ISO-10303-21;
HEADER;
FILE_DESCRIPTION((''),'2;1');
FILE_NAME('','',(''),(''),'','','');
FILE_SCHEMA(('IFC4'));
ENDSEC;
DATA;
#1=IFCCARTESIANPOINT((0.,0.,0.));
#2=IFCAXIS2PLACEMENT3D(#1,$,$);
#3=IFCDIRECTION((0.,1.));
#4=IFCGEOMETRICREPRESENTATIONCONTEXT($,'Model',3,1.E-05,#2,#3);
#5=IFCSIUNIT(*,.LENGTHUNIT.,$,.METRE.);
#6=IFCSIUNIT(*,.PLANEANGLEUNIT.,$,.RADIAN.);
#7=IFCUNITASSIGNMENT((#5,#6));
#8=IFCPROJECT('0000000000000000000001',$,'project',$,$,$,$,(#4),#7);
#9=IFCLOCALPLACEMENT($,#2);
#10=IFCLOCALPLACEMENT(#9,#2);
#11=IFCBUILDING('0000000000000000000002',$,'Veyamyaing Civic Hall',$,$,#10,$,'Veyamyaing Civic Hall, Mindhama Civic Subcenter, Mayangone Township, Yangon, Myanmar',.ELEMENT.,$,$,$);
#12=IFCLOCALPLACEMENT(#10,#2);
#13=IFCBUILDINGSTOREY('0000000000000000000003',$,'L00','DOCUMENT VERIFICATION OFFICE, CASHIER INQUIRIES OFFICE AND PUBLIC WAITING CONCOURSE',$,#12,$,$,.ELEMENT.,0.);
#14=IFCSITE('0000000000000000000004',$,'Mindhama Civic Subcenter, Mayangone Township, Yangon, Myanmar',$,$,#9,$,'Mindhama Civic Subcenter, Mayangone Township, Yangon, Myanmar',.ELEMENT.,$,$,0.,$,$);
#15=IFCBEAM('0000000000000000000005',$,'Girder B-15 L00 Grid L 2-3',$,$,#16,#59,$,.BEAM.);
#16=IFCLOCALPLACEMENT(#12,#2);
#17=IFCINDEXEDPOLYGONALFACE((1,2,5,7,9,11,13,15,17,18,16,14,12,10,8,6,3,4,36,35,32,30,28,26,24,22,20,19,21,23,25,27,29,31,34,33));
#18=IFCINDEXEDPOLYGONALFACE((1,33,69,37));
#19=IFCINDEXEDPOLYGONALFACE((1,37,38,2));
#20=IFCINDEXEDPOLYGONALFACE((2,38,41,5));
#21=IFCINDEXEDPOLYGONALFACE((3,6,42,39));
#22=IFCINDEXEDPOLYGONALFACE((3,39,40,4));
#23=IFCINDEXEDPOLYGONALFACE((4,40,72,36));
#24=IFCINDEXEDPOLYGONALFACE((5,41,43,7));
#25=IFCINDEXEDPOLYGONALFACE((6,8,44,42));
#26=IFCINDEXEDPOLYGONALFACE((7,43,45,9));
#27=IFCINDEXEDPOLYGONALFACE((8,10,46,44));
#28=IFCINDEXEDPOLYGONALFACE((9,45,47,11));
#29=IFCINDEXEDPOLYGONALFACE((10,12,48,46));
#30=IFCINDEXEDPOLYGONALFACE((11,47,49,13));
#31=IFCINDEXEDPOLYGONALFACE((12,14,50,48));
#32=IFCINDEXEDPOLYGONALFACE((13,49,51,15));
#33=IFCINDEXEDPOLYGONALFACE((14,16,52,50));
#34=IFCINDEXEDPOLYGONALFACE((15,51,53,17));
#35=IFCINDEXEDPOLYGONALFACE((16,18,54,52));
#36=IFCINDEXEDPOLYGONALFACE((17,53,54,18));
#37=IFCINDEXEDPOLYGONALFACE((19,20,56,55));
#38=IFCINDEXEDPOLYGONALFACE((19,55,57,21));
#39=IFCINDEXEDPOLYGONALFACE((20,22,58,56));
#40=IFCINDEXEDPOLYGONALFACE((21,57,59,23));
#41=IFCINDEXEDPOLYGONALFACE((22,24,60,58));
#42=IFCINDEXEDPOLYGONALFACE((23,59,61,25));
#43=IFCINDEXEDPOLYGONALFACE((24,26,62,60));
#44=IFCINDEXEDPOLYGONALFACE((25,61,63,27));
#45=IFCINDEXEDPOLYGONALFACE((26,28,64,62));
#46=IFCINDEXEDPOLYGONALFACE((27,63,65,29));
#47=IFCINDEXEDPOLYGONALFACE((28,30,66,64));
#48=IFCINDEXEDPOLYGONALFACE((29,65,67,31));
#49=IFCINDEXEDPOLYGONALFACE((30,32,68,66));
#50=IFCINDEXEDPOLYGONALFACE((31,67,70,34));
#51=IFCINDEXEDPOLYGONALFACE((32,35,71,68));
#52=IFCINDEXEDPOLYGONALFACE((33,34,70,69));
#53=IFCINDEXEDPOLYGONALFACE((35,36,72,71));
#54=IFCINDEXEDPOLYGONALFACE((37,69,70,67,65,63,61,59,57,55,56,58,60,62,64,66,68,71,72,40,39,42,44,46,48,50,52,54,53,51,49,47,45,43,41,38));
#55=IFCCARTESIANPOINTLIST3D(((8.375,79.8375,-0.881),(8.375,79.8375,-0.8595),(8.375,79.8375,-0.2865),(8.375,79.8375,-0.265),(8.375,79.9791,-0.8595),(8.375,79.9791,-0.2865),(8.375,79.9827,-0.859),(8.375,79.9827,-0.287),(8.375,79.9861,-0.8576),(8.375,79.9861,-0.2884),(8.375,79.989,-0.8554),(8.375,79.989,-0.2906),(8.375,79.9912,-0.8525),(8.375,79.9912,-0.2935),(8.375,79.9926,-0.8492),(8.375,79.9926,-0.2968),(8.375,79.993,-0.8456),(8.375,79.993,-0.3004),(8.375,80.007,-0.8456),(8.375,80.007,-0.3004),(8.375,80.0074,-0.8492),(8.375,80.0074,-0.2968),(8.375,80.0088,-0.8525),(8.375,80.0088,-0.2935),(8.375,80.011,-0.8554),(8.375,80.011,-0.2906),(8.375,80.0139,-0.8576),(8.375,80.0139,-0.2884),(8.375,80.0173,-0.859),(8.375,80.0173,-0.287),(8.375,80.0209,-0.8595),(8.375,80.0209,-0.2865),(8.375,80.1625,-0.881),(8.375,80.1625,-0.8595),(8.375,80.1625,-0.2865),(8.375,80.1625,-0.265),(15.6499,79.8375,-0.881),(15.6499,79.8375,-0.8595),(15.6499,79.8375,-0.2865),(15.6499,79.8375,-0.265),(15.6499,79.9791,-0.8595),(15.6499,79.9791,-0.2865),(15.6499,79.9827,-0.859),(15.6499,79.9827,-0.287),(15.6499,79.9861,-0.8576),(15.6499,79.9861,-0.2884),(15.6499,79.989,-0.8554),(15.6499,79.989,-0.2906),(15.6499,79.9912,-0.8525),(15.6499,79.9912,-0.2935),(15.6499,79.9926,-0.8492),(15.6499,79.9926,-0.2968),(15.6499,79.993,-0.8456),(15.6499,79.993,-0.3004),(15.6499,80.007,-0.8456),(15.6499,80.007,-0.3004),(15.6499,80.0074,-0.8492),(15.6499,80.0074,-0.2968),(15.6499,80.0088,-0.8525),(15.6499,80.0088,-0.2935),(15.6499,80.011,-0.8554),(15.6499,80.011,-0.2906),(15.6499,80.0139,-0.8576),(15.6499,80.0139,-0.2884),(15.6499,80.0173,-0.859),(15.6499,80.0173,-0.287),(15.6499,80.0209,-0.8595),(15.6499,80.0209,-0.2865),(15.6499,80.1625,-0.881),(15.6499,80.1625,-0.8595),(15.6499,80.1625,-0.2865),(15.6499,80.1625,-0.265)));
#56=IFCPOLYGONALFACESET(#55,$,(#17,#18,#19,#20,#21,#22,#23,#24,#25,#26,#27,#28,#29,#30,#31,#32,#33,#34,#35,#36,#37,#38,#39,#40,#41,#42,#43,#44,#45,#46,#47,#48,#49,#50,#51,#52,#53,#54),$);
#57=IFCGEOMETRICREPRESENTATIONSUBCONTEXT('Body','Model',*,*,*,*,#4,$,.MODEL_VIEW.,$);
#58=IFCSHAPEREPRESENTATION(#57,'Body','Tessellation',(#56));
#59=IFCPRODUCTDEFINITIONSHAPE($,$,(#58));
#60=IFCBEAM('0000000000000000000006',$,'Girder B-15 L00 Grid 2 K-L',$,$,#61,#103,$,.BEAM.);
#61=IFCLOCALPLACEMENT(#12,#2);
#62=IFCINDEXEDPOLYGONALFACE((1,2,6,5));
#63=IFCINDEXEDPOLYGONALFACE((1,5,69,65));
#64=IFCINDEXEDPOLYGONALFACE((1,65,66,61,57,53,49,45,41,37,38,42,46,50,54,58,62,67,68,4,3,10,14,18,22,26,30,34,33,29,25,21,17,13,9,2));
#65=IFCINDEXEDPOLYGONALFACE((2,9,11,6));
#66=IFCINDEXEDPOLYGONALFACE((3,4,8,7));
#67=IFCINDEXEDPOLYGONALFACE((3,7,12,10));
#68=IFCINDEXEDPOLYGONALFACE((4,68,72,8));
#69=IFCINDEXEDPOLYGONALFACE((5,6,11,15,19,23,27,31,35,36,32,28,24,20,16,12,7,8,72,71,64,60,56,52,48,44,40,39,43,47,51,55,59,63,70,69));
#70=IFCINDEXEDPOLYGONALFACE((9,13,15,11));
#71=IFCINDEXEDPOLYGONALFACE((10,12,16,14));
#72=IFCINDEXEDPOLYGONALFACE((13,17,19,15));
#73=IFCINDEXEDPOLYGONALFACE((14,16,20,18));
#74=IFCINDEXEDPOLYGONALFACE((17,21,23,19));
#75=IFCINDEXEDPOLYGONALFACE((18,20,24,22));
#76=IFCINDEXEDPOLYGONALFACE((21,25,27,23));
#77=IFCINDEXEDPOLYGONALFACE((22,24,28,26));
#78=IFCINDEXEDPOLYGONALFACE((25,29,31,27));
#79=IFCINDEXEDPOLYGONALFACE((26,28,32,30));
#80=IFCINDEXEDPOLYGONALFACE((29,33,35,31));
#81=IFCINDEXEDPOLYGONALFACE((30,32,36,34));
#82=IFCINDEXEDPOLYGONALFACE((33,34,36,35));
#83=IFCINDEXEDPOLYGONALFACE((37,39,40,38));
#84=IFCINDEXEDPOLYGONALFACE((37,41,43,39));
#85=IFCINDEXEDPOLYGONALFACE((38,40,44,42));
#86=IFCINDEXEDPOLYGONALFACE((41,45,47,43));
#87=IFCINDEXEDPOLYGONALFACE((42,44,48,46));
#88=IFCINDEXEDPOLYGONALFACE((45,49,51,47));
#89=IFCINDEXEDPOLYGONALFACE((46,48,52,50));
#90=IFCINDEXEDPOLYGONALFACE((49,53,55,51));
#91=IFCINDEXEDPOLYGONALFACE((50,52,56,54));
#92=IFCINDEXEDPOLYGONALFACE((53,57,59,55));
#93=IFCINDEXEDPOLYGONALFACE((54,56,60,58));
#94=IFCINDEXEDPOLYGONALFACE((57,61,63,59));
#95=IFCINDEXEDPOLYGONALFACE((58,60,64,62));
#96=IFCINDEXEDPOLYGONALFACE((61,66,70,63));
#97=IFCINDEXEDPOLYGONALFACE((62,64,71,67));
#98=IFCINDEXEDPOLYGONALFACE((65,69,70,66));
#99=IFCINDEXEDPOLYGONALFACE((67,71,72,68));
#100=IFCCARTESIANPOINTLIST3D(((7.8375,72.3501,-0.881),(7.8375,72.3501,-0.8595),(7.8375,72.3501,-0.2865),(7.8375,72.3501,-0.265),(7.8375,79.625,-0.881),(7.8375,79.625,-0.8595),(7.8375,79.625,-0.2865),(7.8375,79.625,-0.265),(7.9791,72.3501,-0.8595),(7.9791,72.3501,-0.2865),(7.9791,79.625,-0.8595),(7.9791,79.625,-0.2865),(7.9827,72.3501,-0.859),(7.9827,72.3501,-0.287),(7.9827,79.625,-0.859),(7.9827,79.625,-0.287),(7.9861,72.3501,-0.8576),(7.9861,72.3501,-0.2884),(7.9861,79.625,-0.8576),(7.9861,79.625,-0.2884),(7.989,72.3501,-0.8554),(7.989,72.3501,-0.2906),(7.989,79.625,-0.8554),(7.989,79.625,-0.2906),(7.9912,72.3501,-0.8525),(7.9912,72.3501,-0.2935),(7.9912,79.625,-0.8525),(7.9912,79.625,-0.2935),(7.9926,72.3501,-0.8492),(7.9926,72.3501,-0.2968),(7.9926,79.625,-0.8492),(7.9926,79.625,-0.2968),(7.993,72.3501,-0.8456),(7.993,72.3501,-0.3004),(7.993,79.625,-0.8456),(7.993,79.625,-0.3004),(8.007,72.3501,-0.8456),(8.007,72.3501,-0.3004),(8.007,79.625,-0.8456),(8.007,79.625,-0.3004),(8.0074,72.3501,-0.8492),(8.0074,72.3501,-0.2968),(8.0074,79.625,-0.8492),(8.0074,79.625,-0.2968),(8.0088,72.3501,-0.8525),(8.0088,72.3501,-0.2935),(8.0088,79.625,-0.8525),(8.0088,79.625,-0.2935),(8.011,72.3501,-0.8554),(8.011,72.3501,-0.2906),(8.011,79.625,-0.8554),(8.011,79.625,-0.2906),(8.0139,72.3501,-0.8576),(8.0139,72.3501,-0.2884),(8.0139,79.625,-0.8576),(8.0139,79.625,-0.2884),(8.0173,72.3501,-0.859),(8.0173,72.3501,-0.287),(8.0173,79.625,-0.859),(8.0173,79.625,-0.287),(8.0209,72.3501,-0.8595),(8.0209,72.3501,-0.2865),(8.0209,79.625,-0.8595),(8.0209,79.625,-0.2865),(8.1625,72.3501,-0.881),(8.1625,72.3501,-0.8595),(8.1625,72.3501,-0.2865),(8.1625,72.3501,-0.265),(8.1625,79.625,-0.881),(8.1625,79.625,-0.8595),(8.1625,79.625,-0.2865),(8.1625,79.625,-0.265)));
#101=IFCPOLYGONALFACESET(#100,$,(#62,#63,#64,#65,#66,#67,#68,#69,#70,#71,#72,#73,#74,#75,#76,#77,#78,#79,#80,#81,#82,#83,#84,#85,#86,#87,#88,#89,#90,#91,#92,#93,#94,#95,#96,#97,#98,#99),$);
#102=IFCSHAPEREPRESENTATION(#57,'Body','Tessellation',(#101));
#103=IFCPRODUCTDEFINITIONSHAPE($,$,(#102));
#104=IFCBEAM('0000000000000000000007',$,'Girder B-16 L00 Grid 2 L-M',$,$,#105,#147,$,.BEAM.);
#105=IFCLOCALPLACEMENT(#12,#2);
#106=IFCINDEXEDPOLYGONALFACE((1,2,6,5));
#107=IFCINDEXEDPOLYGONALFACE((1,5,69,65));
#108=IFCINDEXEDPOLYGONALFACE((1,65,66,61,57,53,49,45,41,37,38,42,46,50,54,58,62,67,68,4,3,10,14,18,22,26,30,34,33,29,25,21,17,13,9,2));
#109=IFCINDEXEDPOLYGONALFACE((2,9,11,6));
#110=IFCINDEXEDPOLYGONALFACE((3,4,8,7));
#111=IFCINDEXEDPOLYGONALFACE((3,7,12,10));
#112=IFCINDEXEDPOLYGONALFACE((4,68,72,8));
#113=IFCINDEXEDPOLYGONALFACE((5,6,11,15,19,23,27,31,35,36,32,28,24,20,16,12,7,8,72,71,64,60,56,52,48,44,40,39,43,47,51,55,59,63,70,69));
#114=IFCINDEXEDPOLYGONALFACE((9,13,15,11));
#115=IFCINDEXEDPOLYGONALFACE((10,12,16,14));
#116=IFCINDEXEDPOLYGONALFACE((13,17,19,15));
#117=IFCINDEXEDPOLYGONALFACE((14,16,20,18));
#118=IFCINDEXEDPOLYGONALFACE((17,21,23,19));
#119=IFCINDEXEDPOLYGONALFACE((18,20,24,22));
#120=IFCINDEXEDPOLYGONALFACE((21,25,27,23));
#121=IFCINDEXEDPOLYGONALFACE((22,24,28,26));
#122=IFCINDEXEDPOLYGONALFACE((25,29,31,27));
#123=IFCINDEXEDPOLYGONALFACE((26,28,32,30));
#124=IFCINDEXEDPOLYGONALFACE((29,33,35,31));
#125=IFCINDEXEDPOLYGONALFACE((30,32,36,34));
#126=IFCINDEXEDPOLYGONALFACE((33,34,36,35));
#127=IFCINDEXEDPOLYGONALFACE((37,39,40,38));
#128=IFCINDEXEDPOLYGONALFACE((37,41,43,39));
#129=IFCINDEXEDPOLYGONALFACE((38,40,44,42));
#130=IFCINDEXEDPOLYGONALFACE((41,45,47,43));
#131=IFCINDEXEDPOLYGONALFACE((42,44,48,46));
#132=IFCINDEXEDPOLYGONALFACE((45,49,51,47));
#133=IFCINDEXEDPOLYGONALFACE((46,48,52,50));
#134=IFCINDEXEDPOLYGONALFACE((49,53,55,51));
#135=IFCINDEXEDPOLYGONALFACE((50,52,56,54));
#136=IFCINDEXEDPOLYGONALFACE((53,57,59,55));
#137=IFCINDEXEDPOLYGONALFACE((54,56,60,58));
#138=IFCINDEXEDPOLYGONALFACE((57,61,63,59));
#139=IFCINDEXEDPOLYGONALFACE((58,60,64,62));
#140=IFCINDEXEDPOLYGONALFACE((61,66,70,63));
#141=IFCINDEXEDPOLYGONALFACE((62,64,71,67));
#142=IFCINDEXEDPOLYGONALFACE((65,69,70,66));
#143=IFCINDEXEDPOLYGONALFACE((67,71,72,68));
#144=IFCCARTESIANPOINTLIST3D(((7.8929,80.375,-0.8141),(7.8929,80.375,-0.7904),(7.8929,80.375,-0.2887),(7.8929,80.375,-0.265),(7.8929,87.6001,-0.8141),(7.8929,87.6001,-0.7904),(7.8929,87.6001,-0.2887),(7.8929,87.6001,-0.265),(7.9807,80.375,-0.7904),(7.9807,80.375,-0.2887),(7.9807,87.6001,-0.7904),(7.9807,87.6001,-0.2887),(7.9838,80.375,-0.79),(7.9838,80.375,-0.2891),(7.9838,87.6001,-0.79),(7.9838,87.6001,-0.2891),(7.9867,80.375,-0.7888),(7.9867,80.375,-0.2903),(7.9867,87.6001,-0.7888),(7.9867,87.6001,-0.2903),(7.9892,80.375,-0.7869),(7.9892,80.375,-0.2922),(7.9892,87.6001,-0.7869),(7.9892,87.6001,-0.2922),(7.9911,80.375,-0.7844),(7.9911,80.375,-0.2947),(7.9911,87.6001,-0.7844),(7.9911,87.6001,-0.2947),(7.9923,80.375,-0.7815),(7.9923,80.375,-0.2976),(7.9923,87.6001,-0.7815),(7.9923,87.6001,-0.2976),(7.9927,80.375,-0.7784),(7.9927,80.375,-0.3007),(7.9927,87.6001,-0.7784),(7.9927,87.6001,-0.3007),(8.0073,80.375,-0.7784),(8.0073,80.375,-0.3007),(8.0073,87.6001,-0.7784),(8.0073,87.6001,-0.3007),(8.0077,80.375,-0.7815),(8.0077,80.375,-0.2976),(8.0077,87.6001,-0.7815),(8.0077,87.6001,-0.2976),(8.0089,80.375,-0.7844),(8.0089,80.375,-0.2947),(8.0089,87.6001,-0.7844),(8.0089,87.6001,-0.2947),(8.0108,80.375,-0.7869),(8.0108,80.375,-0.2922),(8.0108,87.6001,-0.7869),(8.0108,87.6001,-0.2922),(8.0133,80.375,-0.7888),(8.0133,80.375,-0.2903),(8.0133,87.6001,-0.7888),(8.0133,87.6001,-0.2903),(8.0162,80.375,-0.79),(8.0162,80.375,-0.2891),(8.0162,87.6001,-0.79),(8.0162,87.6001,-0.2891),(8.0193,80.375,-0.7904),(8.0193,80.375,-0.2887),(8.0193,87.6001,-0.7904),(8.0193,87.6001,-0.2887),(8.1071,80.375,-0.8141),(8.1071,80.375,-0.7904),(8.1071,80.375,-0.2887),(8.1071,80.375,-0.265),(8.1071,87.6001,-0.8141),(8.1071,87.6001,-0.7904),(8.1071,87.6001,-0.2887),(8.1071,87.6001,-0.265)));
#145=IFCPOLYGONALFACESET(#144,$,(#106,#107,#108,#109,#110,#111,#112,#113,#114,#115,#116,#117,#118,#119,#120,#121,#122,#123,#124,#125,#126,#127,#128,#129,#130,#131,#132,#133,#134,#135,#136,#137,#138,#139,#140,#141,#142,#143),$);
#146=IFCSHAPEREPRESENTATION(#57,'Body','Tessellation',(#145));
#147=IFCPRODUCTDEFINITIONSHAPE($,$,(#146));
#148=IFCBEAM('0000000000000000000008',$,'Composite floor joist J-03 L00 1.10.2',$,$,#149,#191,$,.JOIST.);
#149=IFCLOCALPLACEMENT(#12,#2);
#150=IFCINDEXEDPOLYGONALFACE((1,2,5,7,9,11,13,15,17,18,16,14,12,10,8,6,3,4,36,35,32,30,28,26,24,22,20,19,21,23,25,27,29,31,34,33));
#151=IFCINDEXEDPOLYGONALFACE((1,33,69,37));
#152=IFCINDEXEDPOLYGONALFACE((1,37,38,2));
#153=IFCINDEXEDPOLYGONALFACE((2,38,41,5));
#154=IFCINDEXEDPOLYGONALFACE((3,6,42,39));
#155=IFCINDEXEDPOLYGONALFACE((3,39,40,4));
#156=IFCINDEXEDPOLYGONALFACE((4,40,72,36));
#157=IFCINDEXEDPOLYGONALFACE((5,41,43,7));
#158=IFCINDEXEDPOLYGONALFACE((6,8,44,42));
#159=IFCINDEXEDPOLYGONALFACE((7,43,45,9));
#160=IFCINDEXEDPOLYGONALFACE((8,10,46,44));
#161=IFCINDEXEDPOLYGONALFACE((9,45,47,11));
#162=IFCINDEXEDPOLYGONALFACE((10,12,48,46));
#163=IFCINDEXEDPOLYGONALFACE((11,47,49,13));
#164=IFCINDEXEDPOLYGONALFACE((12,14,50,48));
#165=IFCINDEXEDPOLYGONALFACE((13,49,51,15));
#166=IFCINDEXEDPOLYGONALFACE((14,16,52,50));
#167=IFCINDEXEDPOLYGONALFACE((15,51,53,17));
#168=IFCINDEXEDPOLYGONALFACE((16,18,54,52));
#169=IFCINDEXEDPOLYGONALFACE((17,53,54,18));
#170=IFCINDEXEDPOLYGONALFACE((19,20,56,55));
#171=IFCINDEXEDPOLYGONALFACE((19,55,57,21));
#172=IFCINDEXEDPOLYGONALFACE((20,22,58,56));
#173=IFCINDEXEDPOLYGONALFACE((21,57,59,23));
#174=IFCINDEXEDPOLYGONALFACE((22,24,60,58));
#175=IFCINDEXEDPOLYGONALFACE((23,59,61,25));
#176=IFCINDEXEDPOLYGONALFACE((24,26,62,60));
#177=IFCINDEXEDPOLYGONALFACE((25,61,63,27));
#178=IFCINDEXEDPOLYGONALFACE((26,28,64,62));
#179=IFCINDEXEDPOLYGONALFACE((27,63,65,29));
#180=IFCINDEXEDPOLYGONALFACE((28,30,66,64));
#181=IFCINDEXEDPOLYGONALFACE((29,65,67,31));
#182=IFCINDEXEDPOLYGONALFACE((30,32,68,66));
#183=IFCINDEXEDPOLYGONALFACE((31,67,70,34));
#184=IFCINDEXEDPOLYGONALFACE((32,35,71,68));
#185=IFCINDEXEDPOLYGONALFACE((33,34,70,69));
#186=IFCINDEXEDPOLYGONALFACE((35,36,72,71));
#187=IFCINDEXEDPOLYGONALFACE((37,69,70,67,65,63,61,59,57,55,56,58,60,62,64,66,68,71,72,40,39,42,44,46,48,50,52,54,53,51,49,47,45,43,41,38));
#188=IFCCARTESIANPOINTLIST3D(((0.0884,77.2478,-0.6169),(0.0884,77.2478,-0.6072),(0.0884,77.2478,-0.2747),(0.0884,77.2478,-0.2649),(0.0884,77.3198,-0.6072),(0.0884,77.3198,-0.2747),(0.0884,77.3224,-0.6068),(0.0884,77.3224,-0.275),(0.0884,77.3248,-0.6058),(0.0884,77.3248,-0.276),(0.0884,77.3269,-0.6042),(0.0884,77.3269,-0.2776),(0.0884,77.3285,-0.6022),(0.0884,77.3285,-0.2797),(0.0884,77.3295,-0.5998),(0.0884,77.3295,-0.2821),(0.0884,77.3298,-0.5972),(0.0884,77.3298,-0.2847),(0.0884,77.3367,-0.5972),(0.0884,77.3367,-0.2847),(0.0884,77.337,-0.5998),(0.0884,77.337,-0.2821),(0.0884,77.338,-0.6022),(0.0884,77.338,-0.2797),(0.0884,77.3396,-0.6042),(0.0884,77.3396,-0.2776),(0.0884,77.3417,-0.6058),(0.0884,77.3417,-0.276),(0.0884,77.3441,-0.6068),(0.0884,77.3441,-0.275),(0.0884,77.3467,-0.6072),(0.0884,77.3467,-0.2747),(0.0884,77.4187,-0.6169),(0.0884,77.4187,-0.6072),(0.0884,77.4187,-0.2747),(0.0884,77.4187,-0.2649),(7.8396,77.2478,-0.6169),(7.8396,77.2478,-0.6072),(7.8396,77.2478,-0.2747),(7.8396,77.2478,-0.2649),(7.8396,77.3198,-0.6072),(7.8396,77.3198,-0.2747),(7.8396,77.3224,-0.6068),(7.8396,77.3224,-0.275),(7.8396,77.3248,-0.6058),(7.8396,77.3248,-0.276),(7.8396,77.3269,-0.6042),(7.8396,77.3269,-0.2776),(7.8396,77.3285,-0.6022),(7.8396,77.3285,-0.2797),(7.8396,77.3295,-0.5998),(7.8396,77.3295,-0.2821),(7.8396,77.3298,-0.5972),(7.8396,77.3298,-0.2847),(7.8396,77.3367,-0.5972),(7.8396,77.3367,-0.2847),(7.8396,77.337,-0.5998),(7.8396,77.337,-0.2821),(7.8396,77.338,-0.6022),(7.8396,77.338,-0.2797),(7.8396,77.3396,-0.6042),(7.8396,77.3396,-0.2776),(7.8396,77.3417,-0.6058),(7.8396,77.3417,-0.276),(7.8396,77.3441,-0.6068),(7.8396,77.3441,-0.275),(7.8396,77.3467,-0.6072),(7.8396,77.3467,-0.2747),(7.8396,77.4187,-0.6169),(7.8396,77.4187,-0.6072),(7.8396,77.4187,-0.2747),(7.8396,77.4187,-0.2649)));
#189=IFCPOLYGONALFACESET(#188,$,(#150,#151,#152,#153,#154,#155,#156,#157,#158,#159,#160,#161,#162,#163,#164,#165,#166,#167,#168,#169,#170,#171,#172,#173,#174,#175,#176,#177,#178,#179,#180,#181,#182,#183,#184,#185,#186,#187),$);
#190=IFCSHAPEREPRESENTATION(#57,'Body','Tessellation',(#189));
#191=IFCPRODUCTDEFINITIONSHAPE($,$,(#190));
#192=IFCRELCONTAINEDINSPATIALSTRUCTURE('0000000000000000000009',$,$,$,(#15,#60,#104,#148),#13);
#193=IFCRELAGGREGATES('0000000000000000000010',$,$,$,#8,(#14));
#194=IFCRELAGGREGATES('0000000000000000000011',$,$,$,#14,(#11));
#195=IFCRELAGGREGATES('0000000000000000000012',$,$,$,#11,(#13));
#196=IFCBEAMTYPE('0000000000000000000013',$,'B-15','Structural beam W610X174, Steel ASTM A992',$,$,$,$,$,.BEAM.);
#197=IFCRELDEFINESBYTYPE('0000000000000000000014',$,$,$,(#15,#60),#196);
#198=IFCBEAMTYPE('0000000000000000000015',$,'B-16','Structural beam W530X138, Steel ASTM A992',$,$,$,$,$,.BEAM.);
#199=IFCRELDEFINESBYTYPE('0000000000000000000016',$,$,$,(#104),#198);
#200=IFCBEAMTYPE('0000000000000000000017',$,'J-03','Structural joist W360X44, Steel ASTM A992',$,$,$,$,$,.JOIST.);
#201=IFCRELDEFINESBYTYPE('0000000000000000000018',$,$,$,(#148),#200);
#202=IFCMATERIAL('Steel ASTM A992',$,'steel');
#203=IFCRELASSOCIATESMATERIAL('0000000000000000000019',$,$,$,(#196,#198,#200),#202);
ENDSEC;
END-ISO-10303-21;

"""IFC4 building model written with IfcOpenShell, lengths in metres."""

from ifc_helpers import new_model, si_unit, direction, frame, origin, origin_2d, place, context, subcontext, project, spatial, i_section, extrude, material, material_profile, profile_set, type_object, element, save


model = new_model("IFC4")

# Units and contexts
model_context = context("Model", 3, precision=1e-05, world=origin(), true_north=direction((0.0, 1.0)))
body_context = subcontext(model_context, "Body", "Model", "MODEL_VIEW")
ifc_project = project(units=[si_unit("LENGTHUNIT", "METRE"), si_unit("PLANEANGLEUNIT", "RADIAN")], contexts=[model_context])

# Site, building, storey
site_placement = place(None, origin())
site = spatial("IfcSite", under=ifc_project, at=site_placement, Name="Mindhama Civic Subcenter, Mayangone Township, Yangon, Myanmar", LongName="Mindhama Civic Subcenter, Mayangone Township, Yangon, Myanmar", CompositionType="ELEMENT", RefElevation=0.0)
building_placement = place(site_placement, origin())
building = spatial("IfcBuilding", under=site, at=building_placement, Name="Veyamyaing Civic Hall", LongName="Veyamyaing Civic Hall, Mindhama Civic Subcenter, Mayangone Township, Yangon, Myanmar", CompositionType="ELEMENT")
storey_placement = place(building_placement, origin())
storey = spatial("IfcBuildingStorey", under=building, at=storey_placement, Name="L00", Description="DOCUMENT VERIFICATION OFFICE, CASHIER INQUIRIES OFFICE AND PUBLIC WAITING CONCOURSE", CompositionType="ELEMENT", Elevation=0.0)

# Beams
ifc_material_1 = material(Name="Steel ASTM A992", Category="steel")
ifc_material_profile_1 = material_profile(ifc_material_1, i_section(OverallWidth=0.325, OverallDepth=0.616, WebThickness=0.0139, FlangeThickness=0.0215, FilletRadius=0.0139, at=origin_2d()), Name="W610X174")
ifc_profile_set_1 = profile_set([ifc_material_profile_1], Name="Steel ASTM A992")
beam_type_1 = type_object("IfcBeamType", Name="B-15", Description="Structural beam W610X174, Steel ASTM A992", PredefinedType="BEAM", material=ifc_profile_set_1)
for number, where, z_axis, x_axis, name in (
    (1, (8.375, 80.0, -0.573), (1.0, 0.0, 0.0), (0.0, 1.0, 0.0), "Girder B-15 L00 Grid L 2-3"),
    (2, (8.0, 72.3501, -0.573), (0.0, 1.0, 0.0), (-1.0, 0.0, 0.0), "Girder B-15 L00 Grid 2 K-L"),
):
    element("IfcBeam", number, at=place(storey_placement, frame(where, z_axis=z_axis, x_axis=x_axis)), inside=storey, type_object=beam_type_1, Name=name, PredefinedType="BEAM", context=body_context, shape_type="SweptSolid", body=[
        extrude(i_section(OverallWidth=0.325, OverallDepth=0.616, WebThickness=0.0139, FlangeThickness=0.0215, FilletRadius=0.0139, at=origin_2d()), origin(), (0.0, 0.0, 1.0), 7.2749),
    ])
ifc_material_profile_2 = material_profile(ifc_material_1, i_section(OverallWidth=0.2141, OverallDepth=0.5491, WebThickness=0.0146, FlangeThickness=0.0237, FilletRadius=0.012, at=origin_2d()), Name="W530X138")
ifc_profile_set_2 = profile_set([ifc_material_profile_2], Name="Steel ASTM A992")
beam_type_2 = type_object("IfcBeamType", Name="B-16", Description="Structural beam W530X138, Steel ASTM A992", PredefinedType="BEAM", material=ifc_profile_set_2)
beam_1_placement = place(storey_placement, frame((8.0, 80.375, -0.5396), z_axis=(0.0, 1.0, 0.0), x_axis=(-1.0, 0.0, 0.0)))
element("IfcBeam", 3, at=beam_1_placement, inside=storey, type_object=beam_type_2, Name="Girder B-16 L00 Grid 2 L-M", PredefinedType="BEAM", context=body_context, shape_type="SweptSolid", body=[
    extrude(i_section(OverallWidth=0.2141, OverallDepth=0.5491, WebThickness=0.0146, FlangeThickness=0.0237, FilletRadius=0.012, at=origin_2d()), origin(), (0.0, 0.0, 1.0), 7.2251),
])
ifc_material_profile_3 = material_profile(ifc_material_1, i_section(OverallWidth=0.1709, OverallDepth=0.3521, WebThickness=0.0068, FlangeThickness=0.0098, FilletRadius=0.01, at=origin_2d()), Name="W360X44")
ifc_profile_set_3 = profile_set([ifc_material_profile_3], Name="Steel ASTM A992")
beam_type_3 = type_object("IfcBeamType", Name="J-03", Description="Structural joist W360X44, Steel ASTM A992", PredefinedType="JOIST", material=ifc_profile_set_3)
beam_2_placement = place(storey_placement, frame((0.0884, 77.3333, -0.4409), z_axis=(1.0, 0.0, 0.0), x_axis=(0.0, 1.0, 0.0)))
element("IfcBeam", 4, at=beam_2_placement, inside=storey, type_object=beam_type_3, Name="Composite floor joist J-03 L00 1.10.2", PredefinedType="JOIST", context=body_context, shape_type="SweptSolid", body=[
    extrude(i_section(OverallWidth=0.1709, OverallDepth=0.3521, WebThickness=0.0068, FlangeThickness=0.0098, FilletRadius=0.01, at=origin_2d()), origin(), (0.0, 0.0, 1.0), 7.7512),
])

save(model, "model.ifc")
